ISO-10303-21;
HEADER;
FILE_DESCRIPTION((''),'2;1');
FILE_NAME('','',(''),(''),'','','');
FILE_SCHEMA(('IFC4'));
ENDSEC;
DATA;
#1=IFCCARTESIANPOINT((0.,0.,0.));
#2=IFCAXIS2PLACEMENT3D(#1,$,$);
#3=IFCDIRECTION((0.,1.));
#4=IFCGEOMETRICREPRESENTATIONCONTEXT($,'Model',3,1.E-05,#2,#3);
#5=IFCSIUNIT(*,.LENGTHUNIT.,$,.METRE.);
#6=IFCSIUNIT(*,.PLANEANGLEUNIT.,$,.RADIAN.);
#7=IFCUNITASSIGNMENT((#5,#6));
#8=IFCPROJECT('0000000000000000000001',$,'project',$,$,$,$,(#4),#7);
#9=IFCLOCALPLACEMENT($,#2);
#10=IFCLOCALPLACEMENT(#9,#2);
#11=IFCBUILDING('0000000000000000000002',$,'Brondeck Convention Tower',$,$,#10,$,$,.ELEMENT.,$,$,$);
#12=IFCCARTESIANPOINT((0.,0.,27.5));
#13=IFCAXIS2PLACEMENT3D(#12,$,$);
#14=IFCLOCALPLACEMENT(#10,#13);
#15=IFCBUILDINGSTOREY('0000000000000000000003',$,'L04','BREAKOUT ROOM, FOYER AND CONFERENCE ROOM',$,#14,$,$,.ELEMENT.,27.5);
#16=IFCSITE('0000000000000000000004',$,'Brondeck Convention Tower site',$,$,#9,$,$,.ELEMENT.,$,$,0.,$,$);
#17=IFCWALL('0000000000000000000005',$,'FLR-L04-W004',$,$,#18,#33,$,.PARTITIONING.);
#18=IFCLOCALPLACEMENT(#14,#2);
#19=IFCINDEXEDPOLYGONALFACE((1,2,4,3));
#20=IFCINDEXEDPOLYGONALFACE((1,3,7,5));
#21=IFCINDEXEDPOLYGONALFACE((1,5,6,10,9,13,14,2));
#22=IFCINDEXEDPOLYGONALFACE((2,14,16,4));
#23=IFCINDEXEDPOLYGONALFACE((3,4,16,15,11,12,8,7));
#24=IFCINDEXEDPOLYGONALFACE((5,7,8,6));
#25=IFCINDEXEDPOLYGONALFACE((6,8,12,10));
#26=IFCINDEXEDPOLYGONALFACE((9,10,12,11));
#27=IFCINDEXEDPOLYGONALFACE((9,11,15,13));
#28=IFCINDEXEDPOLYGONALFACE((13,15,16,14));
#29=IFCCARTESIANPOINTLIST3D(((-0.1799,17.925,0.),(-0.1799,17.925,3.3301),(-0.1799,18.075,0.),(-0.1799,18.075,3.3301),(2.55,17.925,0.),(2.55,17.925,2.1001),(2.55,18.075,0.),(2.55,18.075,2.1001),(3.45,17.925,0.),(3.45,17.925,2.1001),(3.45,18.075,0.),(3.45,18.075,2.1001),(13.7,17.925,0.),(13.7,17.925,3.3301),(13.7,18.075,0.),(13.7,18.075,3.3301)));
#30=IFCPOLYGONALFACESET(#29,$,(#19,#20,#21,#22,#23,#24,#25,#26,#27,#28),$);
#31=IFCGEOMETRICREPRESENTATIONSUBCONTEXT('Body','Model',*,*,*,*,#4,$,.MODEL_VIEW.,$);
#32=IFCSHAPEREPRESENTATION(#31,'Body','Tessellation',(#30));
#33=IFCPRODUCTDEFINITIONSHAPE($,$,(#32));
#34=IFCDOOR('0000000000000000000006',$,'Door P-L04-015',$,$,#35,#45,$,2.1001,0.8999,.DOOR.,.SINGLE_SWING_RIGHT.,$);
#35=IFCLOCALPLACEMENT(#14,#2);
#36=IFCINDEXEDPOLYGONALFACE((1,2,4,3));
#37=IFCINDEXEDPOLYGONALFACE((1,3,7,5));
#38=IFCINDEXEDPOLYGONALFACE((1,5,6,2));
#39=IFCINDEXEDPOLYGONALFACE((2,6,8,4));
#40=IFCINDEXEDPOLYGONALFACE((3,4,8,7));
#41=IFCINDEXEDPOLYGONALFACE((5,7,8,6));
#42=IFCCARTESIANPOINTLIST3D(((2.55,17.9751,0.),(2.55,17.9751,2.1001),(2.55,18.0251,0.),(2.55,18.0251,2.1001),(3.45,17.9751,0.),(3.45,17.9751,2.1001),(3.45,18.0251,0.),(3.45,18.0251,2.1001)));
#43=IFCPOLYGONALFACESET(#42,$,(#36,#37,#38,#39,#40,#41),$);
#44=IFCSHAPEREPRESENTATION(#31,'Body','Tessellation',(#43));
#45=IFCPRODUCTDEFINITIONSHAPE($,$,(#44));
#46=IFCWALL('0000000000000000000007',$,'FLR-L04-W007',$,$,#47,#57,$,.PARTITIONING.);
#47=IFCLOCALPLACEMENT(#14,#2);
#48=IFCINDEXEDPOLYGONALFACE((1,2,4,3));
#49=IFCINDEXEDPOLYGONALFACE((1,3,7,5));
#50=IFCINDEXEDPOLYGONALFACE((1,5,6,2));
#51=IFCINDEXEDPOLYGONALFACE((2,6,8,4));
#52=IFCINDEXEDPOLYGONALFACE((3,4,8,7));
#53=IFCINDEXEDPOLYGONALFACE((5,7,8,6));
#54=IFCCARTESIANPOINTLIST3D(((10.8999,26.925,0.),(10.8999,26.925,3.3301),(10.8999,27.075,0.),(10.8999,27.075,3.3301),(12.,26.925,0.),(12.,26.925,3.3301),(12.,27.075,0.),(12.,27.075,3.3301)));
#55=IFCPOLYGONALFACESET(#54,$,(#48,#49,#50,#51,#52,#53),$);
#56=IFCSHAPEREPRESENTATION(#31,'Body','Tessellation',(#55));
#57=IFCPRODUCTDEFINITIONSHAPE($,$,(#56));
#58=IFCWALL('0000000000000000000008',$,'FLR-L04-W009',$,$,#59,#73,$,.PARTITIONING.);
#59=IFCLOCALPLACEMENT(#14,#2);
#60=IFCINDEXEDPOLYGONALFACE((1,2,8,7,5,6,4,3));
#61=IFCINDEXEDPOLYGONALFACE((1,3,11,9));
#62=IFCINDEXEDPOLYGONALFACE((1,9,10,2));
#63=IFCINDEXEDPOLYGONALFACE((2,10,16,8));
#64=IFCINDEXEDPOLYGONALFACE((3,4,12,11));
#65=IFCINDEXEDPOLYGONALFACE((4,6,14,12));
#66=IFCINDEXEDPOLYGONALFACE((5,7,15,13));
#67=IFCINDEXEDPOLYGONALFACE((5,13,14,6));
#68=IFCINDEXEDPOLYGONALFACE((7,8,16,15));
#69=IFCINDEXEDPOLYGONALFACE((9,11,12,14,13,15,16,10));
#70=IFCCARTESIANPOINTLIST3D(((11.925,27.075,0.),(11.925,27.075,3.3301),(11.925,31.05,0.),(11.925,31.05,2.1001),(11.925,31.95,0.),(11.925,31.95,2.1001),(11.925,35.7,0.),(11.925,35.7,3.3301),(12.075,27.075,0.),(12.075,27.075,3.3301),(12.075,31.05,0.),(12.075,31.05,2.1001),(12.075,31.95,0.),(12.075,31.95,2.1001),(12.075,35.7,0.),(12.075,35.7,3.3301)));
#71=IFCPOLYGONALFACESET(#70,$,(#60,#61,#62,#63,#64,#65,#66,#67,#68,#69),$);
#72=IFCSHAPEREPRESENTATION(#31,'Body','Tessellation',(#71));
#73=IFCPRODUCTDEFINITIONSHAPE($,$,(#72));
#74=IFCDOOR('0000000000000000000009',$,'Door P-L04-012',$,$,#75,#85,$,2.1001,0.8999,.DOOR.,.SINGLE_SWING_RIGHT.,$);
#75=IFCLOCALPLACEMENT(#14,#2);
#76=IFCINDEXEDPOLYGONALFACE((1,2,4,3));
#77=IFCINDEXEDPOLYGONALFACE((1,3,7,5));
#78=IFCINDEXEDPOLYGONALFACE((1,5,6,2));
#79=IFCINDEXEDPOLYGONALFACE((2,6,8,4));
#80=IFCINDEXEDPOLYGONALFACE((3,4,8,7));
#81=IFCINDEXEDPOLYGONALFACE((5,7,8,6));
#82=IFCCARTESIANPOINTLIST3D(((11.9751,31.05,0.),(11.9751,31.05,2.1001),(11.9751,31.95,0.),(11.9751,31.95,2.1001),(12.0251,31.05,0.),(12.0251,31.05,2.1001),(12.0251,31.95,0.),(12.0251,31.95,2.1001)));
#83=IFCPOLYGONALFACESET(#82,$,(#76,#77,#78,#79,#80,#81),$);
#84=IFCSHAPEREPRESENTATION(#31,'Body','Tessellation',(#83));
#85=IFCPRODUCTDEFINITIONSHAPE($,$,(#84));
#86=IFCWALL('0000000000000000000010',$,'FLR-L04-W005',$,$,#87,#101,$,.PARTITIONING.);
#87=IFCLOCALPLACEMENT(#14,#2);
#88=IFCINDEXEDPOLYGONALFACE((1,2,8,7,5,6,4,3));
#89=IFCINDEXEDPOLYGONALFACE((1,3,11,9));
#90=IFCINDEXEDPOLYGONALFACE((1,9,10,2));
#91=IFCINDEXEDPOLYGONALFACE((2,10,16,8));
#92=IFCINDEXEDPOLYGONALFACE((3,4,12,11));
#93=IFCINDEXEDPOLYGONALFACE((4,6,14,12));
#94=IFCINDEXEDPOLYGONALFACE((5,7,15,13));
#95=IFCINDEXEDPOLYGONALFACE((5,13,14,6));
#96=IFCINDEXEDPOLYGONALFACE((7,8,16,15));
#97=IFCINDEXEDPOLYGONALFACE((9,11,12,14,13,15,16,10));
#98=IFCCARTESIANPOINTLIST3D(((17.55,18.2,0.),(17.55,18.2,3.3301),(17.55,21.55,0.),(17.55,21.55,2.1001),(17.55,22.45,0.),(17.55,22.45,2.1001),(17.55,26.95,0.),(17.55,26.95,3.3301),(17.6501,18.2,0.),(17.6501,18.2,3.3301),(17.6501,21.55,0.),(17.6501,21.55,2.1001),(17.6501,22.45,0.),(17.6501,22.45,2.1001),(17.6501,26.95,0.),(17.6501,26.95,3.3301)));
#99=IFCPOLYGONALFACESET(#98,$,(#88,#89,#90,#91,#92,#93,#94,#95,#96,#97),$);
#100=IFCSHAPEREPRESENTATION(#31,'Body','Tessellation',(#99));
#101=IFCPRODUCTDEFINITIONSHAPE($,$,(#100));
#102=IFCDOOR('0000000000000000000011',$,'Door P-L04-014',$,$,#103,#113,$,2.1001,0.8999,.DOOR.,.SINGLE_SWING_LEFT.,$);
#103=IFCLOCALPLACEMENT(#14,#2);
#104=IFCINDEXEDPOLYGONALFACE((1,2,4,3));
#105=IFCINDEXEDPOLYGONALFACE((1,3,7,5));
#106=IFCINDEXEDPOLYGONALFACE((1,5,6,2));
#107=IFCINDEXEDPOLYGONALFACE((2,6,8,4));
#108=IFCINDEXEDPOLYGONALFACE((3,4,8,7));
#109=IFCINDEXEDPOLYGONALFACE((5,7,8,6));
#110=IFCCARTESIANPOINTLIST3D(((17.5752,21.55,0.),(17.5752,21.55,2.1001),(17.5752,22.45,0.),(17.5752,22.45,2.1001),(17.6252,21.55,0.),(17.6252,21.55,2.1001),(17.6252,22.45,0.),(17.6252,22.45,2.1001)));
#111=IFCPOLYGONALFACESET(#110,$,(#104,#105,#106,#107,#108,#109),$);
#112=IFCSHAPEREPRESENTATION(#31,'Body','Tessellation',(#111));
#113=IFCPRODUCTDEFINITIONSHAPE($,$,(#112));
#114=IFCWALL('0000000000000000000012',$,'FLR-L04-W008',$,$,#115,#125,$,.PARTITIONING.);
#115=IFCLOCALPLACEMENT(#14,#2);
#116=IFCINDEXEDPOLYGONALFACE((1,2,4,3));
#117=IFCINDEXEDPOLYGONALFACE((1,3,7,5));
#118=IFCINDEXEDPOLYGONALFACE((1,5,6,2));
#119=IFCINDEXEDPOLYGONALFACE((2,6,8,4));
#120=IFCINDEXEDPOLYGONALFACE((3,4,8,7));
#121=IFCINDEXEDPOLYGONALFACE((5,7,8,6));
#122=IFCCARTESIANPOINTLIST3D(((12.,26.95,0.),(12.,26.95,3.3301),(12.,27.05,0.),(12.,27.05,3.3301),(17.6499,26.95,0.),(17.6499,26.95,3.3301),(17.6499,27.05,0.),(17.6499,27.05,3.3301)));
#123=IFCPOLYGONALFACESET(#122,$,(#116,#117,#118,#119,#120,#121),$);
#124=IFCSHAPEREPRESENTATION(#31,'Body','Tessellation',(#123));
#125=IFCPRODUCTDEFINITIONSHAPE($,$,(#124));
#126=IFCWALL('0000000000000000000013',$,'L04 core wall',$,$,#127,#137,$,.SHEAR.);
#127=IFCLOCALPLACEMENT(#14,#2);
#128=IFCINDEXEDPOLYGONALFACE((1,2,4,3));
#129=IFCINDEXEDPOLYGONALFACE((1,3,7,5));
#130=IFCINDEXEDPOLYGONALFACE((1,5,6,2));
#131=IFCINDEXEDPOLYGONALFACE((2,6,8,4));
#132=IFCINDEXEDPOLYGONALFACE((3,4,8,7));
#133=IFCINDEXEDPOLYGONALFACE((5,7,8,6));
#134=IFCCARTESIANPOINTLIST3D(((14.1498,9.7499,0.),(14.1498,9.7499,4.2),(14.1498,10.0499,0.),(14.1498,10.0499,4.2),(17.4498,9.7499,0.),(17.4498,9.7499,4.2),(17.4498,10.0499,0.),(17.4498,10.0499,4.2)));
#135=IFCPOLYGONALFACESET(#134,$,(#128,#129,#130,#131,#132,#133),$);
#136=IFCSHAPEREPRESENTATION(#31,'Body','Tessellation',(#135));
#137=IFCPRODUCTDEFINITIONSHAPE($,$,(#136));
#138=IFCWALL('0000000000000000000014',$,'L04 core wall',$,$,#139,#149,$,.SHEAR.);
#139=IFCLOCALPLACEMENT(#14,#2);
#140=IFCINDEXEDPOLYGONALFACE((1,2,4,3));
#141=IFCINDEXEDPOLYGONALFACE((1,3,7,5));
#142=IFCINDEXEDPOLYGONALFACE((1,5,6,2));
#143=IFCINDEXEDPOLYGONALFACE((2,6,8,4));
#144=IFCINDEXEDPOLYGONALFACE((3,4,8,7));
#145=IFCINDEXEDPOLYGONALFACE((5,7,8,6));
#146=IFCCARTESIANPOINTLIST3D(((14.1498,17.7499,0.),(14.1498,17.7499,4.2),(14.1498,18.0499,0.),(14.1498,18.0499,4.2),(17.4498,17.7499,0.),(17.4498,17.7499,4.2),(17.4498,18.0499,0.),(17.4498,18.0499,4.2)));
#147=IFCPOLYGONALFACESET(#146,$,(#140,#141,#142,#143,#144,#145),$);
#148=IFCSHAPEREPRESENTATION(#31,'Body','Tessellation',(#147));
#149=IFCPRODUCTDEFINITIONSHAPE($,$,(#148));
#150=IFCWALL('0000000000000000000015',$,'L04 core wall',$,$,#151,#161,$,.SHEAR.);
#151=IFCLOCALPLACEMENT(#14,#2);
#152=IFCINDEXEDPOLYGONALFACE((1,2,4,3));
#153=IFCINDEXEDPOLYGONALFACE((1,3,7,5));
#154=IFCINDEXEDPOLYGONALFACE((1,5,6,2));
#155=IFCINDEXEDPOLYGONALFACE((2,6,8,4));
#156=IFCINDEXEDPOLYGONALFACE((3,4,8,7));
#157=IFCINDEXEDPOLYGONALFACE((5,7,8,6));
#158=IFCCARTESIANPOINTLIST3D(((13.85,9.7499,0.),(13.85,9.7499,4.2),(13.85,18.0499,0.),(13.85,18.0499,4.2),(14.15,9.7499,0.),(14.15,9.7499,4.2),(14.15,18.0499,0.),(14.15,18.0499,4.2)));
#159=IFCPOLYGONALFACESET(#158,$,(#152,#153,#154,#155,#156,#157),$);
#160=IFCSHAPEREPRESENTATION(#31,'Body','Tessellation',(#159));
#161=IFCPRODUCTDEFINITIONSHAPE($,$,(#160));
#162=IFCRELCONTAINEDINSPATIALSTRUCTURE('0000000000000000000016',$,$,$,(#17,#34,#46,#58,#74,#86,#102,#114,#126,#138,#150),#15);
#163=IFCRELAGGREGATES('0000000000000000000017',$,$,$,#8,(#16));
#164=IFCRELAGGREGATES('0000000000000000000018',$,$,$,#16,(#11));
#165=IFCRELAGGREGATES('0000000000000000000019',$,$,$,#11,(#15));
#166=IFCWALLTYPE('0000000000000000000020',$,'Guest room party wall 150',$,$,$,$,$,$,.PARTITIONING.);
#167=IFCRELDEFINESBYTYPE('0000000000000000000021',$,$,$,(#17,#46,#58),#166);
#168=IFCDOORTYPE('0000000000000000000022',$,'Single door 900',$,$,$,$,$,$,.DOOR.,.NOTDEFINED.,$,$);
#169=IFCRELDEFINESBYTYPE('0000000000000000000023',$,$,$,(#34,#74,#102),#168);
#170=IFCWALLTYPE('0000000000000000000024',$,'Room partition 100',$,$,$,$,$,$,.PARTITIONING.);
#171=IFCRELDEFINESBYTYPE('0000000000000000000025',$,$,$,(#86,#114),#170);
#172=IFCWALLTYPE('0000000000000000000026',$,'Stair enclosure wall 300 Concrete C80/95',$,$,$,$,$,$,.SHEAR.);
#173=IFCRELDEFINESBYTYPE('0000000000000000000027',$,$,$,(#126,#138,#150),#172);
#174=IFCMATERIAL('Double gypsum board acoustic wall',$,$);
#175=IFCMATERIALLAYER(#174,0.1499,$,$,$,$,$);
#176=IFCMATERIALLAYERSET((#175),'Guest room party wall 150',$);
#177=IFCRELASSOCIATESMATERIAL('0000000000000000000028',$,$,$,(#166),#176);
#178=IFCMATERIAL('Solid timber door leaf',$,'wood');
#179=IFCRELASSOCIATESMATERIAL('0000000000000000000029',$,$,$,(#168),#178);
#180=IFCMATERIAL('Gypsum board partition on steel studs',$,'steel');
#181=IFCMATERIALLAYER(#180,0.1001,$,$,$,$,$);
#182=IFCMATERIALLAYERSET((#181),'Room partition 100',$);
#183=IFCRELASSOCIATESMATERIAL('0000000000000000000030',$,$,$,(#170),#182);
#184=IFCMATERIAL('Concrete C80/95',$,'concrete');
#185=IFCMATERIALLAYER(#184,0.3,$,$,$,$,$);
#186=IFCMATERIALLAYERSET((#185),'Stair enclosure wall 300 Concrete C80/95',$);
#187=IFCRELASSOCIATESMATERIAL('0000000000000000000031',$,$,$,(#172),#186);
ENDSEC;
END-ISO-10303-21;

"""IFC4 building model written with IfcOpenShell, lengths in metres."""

from ifc_helpers import new_model, si_unit, direction, frame, frame_2d, origin, place, context, subcontext, project, spatial, rectangle, extrude, material, layer, layer_set, type_object, element, fill, save


model = new_model("IFC4")

# Units and contexts
model_context = context("Model", 3, precision=1e-05, world=origin(), true_north=direction((0.0, 1.0)))
body_context = subcontext(model_context, "Body", "Model", "MODEL_VIEW")
ifc_project = project(units=[si_unit("LENGTHUNIT", "METRE"), si_unit("PLANEANGLEUNIT", "RADIAN")], contexts=[model_context])

# Site, building, storey
site_placement = place(None, origin())
site = spatial("IfcSite", under=ifc_project, at=site_placement, Name="Brondeck Convention Tower site", CompositionType="ELEMENT", RefElevation=0.0)
building_placement = place(site_placement, origin())
building = spatial("IfcBuilding", under=site, at=building_placement, Name="Brondeck Convention Tower", CompositionType="ELEMENT")
storey_placement = place(building_placement, frame((0.0, 0.0, 27.5)))
storey = spatial("IfcBuildingStorey", under=building, at=storey_placement, Name="L04", Description="BREAKOUT ROOM, FOYER AND CONFERENCE ROOM", CompositionType="ELEMENT", Elevation=27.5)

# Shared definitions
ifc_material_1 = material(Name="Concrete C80/95", Category="concrete")
ifc_material_2 = material(Name="Double gypsum board acoustic wall")
ifc_layer_1 = layer(ifc_material_2, 0.1499)
ifc_layer_set_1 = layer_set([ifc_layer_1], Name="Guest room party wall 150")
wall_type_1 = type_object("IfcWallType", Name="Guest room party wall 150", PredefinedType="PARTITIONING", material=ifc_layer_set_1)

# Wall, opening, door
wall_1_placement = place(storey_placement, frame((13.7, 18.0, 0.0), z_axis=(0.0, 0.0, 1.0), x_axis=(-1.0, 0.0, 0.0)))
wall_1 = element("IfcWall", 1, at=wall_1_placement, inside=storey, type_object=wall_type_1, Name="FLR-L04-W004", PredefinedType="PARTITIONING", context=body_context, shape_type="SweptSolid", body=[
    extrude(rectangle(XDim=13.8799, YDim=0.1499, at=frame_2d((6.9399, 0.0))), origin(), (0.0, 0.0, 1.0), 3.3301),
])
opening_1_placement = place(wall_1_placement, frame((10.25, 0.0, 0.0)))
opening_1 = element("IfcOpeningElement", 2, at=opening_1_placement, cuts=wall_1, PredefinedType="OPENING", context=body_context, shape_type="SweptSolid", body=[
    extrude(rectangle(XDim=0.8999, YDim=2.1001, at=frame_2d((0.45, 1.05))), frame((0.0, 0.085, 0.0), z_axis=(0.0, -1.0, 0.0), x_axis=(1.0, 0.0, 0.0)), (0.0, 0.0, 1.0), 0.1699),
])
ifc_material_3 = material(Name="Solid timber door leaf", Category="wood")
door_type_1 = type_object("IfcDoorType", Name="Single door 900", OperationType="NOTDEFINED", PredefinedType="DOOR", material=ifc_material_3)
door_1_placement = place(opening_1_placement, origin())
door_1 = element("IfcDoor", 3, at=door_1_placement, inside=storey, type_object=door_type_1, Name="Door P-L04-015", OperationType="SINGLE_SWING_RIGHT", OverallHeight=2.1001, OverallWidth=0.8999, PredefinedType="DOOR", context=body_context, shape_type="SweptSolid", body=[
    extrude(rectangle(XDim=0.8999, YDim=2.1001, at=frame_2d((0.45, 1.05))), frame((0.0, 0.0249, 0.0), z_axis=(0.0, -1.0, 0.0), x_axis=(1.0, 0.0, 0.0)), (0.0, 0.0, 1.0), 0.05),
])
fill(opening_1, door_1)

# Wall
wall_2_placement = place(storey_placement, frame((10.8999, 27.0, 0.0), z_axis=(0.0, 0.0, 1.0), x_axis=(1.0, 0.0, 0.0)))
element("IfcWall", 4, at=wall_2_placement, inside=storey, type_object=wall_type_1, Name="FLR-L04-W007", PredefinedType="PARTITIONING", context=body_context, shape_type="SweptSolid", body=[
    extrude(rectangle(XDim=1.1001, YDim=0.1499, at=frame_2d((0.55, 0.0))), origin(), (0.0, 0.0, 1.0), 3.3301),
])

# Walls, openings, doors
wall_3_placement = place(storey_placement, frame((12.0, 27.075, 0.0), z_axis=(0.0, 0.0, 1.0), x_axis=(0.0, 1.0, 0.0)))
wall_3 = element("IfcWall", 5, at=wall_3_placement, inside=storey, type_object=wall_type_1, Name="FLR-L04-W009", PredefinedType="PARTITIONING", context=body_context, shape_type="SweptSolid", body=[
    extrude(rectangle(XDim=8.625, YDim=0.1499, at=frame_2d((4.3125, 0.0))), origin(), (0.0, 0.0, 1.0), 3.3301),
])
opening_2_placement = place(wall_3_placement, frame((3.9751, 0.0, 0.0)))
opening_2 = element("IfcOpeningElement", 6, at=opening_2_placement, cuts=wall_3, PredefinedType="OPENING", context=body_context, shape_type="SweptSolid", body=[
    extrude(rectangle(XDim=0.8999, YDim=2.1001, at=frame_2d((0.45, 1.05))), frame((0.0, 0.085, 0.0), z_axis=(0.0, -1.0, 0.0), x_axis=(1.0, 0.0, 0.0)), (0.0, 0.0, 1.0), 0.1699),
])
door_2_placement = place(opening_2_placement, origin())
door_2 = element("IfcDoor", 7, at=door_2_placement, inside=storey, type_object=door_type_1, Name="Door P-L04-012", OperationType="SINGLE_SWING_RIGHT", OverallHeight=2.1001, OverallWidth=0.8999, PredefinedType="DOOR", context=body_context, shape_type="SweptSolid", body=[
    extrude(rectangle(XDim=0.8999, YDim=2.1001, at=frame_2d((0.45, 1.05))), frame((0.0, 0.0249, 0.0), z_axis=(0.0, -1.0, 0.0), x_axis=(1.0, 0.0, 0.0)), (0.0, 0.0, 1.0), 0.05),
])
fill(opening_2, door_2)
ifc_material_4 = material(Name="Gypsum board partition on steel studs", Category="steel")
ifc_layer_2 = layer(ifc_material_4, 0.1001)
ifc_layer_set_2 = layer_set([ifc_layer_2], Name="Room partition 100")
wall_type_2 = type_object("IfcWallType", Name="Room partition 100", PredefinedType="PARTITIONING", material=ifc_layer_set_2)
wall_4_placement = place(storey_placement, frame((17.6001, 18.2, 0.0), z_axis=(0.0, 0.0, 1.0), x_axis=(0.0, 1.0, 0.0)))
wall_4 = element("IfcWall", 8, at=wall_4_placement, inside=storey, type_object=wall_type_2, Name="FLR-L04-W005", PredefinedType="PARTITIONING", context=body_context, shape_type="SweptSolid", body=[
    extrude(rectangle(XDim=8.75, YDim=0.1001, at=frame_2d((4.375, 0.0))), origin(), (0.0, 0.0, 1.0), 3.3301),
])
opening_3_placement = place(wall_4_placement, frame((3.3501, 0.0, 0.0)))
opening_3 = element("IfcOpeningElement", 9, at=opening_3_placement, cuts=wall_4, PredefinedType="OPENING", context=body_context, shape_type="SweptSolid", body=[
    extrude(rectangle(XDim=0.8999, YDim=2.1001, at=frame_2d((0.45, 1.05))), frame((0.0, 0.0601, 0.0), z_axis=(0.0, -1.0, 0.0), x_axis=(1.0, 0.0, 0.0)), (0.0, 0.0, 1.0), 0.1201),
])
door_3_placement = place(opening_3_placement, origin())
door_3 = element("IfcDoor", 10, at=door_3_placement, inside=storey, type_object=door_type_1, Name="Door P-L04-014", OperationType="SINGLE_SWING_LEFT", OverallHeight=2.1001, OverallWidth=0.8999, PredefinedType="DOOR", context=body_context, shape_type="SweptSolid", body=[
    extrude(rectangle(XDim=0.8999, YDim=2.1001, at=frame_2d((0.45, 1.05))), frame((0.0, 0.0249, 0.0), z_axis=(0.0, -1.0, 0.0), x_axis=(1.0, 0.0, 0.0)), (0.0, 0.0, 1.0), 0.05),
])
fill(opening_3, door_3)

# Walls
wall_5_placement = place(storey_placement, frame((17.6499, 27.0, 0.0), z_axis=(0.0, 0.0, 1.0), x_axis=(-1.0, 0.0, 0.0)))
element("IfcWall", 11, at=wall_5_placement, inside=storey, type_object=wall_type_2, Name="FLR-L04-W008", PredefinedType="PARTITIONING", context=body_context, shape_type="SweptSolid", body=[
    extrude(rectangle(XDim=5.6499, YDim=0.1001, at=frame_2d((2.825, 0.0))), origin(), (0.0, 0.0, 1.0), 3.3301),
])
ifc_layer_3 = layer(ifc_material_1, 0.3)
ifc_layer_set_3 = layer_set([ifc_layer_3], Name="Stair enclosure wall 300 Concrete C80/95")
wall_type_3 = type_object("IfcWallType", Name="Stair enclosure wall 300 Concrete C80/95", PredefinedType="SHEAR", material=ifc_layer_set_3)
for number, where, z_axis, x_axis, name in (
    (12, (14.1499, 9.8999, 0.0), (0.0, 0.0, 1.0), (1.0, 0.0, 0.0), "L04 core wall"),
    (13, (14.1499, 17.8999, 0.0), (0.0, 0.0, 1.0), (1.0, 0.0, 0.0), "L04 core wall"),
):
    element("IfcWall", number, at=place(storey_placement, frame(where, z_axis=z_axis, x_axis=x_axis)), inside=storey, type_object=wall_type_3, Name=name, PredefinedType="SHEAR", context=body_context, shape_type="SweptSolid", body=[
        extrude(rectangle(XDim=3.3, YDim=0.3, at=frame_2d((1.6499, 0.0))), origin(), (0.0, 0.0, 1.0), 4.2),
    ])
wall_6_placement = place(storey_placement, frame((14.0, 9.75, 0.0), z_axis=(0.0, 0.0, 1.0), x_axis=(0.0, 1.0, 0.0)))
element("IfcWall", 14, at=wall_6_placement, inside=storey, type_object=wall_type_3, Name="L04 core wall", PredefinedType="SHEAR", context=body_context, shape_type="SweptSolid", body=[
    extrude(rectangle(XDim=8.3, YDim=0.3, at=frame_2d((4.1499, 0.0))), origin(), (0.0, 0.0, 1.0), 4.2),
])

save(model, "model.ifc")
